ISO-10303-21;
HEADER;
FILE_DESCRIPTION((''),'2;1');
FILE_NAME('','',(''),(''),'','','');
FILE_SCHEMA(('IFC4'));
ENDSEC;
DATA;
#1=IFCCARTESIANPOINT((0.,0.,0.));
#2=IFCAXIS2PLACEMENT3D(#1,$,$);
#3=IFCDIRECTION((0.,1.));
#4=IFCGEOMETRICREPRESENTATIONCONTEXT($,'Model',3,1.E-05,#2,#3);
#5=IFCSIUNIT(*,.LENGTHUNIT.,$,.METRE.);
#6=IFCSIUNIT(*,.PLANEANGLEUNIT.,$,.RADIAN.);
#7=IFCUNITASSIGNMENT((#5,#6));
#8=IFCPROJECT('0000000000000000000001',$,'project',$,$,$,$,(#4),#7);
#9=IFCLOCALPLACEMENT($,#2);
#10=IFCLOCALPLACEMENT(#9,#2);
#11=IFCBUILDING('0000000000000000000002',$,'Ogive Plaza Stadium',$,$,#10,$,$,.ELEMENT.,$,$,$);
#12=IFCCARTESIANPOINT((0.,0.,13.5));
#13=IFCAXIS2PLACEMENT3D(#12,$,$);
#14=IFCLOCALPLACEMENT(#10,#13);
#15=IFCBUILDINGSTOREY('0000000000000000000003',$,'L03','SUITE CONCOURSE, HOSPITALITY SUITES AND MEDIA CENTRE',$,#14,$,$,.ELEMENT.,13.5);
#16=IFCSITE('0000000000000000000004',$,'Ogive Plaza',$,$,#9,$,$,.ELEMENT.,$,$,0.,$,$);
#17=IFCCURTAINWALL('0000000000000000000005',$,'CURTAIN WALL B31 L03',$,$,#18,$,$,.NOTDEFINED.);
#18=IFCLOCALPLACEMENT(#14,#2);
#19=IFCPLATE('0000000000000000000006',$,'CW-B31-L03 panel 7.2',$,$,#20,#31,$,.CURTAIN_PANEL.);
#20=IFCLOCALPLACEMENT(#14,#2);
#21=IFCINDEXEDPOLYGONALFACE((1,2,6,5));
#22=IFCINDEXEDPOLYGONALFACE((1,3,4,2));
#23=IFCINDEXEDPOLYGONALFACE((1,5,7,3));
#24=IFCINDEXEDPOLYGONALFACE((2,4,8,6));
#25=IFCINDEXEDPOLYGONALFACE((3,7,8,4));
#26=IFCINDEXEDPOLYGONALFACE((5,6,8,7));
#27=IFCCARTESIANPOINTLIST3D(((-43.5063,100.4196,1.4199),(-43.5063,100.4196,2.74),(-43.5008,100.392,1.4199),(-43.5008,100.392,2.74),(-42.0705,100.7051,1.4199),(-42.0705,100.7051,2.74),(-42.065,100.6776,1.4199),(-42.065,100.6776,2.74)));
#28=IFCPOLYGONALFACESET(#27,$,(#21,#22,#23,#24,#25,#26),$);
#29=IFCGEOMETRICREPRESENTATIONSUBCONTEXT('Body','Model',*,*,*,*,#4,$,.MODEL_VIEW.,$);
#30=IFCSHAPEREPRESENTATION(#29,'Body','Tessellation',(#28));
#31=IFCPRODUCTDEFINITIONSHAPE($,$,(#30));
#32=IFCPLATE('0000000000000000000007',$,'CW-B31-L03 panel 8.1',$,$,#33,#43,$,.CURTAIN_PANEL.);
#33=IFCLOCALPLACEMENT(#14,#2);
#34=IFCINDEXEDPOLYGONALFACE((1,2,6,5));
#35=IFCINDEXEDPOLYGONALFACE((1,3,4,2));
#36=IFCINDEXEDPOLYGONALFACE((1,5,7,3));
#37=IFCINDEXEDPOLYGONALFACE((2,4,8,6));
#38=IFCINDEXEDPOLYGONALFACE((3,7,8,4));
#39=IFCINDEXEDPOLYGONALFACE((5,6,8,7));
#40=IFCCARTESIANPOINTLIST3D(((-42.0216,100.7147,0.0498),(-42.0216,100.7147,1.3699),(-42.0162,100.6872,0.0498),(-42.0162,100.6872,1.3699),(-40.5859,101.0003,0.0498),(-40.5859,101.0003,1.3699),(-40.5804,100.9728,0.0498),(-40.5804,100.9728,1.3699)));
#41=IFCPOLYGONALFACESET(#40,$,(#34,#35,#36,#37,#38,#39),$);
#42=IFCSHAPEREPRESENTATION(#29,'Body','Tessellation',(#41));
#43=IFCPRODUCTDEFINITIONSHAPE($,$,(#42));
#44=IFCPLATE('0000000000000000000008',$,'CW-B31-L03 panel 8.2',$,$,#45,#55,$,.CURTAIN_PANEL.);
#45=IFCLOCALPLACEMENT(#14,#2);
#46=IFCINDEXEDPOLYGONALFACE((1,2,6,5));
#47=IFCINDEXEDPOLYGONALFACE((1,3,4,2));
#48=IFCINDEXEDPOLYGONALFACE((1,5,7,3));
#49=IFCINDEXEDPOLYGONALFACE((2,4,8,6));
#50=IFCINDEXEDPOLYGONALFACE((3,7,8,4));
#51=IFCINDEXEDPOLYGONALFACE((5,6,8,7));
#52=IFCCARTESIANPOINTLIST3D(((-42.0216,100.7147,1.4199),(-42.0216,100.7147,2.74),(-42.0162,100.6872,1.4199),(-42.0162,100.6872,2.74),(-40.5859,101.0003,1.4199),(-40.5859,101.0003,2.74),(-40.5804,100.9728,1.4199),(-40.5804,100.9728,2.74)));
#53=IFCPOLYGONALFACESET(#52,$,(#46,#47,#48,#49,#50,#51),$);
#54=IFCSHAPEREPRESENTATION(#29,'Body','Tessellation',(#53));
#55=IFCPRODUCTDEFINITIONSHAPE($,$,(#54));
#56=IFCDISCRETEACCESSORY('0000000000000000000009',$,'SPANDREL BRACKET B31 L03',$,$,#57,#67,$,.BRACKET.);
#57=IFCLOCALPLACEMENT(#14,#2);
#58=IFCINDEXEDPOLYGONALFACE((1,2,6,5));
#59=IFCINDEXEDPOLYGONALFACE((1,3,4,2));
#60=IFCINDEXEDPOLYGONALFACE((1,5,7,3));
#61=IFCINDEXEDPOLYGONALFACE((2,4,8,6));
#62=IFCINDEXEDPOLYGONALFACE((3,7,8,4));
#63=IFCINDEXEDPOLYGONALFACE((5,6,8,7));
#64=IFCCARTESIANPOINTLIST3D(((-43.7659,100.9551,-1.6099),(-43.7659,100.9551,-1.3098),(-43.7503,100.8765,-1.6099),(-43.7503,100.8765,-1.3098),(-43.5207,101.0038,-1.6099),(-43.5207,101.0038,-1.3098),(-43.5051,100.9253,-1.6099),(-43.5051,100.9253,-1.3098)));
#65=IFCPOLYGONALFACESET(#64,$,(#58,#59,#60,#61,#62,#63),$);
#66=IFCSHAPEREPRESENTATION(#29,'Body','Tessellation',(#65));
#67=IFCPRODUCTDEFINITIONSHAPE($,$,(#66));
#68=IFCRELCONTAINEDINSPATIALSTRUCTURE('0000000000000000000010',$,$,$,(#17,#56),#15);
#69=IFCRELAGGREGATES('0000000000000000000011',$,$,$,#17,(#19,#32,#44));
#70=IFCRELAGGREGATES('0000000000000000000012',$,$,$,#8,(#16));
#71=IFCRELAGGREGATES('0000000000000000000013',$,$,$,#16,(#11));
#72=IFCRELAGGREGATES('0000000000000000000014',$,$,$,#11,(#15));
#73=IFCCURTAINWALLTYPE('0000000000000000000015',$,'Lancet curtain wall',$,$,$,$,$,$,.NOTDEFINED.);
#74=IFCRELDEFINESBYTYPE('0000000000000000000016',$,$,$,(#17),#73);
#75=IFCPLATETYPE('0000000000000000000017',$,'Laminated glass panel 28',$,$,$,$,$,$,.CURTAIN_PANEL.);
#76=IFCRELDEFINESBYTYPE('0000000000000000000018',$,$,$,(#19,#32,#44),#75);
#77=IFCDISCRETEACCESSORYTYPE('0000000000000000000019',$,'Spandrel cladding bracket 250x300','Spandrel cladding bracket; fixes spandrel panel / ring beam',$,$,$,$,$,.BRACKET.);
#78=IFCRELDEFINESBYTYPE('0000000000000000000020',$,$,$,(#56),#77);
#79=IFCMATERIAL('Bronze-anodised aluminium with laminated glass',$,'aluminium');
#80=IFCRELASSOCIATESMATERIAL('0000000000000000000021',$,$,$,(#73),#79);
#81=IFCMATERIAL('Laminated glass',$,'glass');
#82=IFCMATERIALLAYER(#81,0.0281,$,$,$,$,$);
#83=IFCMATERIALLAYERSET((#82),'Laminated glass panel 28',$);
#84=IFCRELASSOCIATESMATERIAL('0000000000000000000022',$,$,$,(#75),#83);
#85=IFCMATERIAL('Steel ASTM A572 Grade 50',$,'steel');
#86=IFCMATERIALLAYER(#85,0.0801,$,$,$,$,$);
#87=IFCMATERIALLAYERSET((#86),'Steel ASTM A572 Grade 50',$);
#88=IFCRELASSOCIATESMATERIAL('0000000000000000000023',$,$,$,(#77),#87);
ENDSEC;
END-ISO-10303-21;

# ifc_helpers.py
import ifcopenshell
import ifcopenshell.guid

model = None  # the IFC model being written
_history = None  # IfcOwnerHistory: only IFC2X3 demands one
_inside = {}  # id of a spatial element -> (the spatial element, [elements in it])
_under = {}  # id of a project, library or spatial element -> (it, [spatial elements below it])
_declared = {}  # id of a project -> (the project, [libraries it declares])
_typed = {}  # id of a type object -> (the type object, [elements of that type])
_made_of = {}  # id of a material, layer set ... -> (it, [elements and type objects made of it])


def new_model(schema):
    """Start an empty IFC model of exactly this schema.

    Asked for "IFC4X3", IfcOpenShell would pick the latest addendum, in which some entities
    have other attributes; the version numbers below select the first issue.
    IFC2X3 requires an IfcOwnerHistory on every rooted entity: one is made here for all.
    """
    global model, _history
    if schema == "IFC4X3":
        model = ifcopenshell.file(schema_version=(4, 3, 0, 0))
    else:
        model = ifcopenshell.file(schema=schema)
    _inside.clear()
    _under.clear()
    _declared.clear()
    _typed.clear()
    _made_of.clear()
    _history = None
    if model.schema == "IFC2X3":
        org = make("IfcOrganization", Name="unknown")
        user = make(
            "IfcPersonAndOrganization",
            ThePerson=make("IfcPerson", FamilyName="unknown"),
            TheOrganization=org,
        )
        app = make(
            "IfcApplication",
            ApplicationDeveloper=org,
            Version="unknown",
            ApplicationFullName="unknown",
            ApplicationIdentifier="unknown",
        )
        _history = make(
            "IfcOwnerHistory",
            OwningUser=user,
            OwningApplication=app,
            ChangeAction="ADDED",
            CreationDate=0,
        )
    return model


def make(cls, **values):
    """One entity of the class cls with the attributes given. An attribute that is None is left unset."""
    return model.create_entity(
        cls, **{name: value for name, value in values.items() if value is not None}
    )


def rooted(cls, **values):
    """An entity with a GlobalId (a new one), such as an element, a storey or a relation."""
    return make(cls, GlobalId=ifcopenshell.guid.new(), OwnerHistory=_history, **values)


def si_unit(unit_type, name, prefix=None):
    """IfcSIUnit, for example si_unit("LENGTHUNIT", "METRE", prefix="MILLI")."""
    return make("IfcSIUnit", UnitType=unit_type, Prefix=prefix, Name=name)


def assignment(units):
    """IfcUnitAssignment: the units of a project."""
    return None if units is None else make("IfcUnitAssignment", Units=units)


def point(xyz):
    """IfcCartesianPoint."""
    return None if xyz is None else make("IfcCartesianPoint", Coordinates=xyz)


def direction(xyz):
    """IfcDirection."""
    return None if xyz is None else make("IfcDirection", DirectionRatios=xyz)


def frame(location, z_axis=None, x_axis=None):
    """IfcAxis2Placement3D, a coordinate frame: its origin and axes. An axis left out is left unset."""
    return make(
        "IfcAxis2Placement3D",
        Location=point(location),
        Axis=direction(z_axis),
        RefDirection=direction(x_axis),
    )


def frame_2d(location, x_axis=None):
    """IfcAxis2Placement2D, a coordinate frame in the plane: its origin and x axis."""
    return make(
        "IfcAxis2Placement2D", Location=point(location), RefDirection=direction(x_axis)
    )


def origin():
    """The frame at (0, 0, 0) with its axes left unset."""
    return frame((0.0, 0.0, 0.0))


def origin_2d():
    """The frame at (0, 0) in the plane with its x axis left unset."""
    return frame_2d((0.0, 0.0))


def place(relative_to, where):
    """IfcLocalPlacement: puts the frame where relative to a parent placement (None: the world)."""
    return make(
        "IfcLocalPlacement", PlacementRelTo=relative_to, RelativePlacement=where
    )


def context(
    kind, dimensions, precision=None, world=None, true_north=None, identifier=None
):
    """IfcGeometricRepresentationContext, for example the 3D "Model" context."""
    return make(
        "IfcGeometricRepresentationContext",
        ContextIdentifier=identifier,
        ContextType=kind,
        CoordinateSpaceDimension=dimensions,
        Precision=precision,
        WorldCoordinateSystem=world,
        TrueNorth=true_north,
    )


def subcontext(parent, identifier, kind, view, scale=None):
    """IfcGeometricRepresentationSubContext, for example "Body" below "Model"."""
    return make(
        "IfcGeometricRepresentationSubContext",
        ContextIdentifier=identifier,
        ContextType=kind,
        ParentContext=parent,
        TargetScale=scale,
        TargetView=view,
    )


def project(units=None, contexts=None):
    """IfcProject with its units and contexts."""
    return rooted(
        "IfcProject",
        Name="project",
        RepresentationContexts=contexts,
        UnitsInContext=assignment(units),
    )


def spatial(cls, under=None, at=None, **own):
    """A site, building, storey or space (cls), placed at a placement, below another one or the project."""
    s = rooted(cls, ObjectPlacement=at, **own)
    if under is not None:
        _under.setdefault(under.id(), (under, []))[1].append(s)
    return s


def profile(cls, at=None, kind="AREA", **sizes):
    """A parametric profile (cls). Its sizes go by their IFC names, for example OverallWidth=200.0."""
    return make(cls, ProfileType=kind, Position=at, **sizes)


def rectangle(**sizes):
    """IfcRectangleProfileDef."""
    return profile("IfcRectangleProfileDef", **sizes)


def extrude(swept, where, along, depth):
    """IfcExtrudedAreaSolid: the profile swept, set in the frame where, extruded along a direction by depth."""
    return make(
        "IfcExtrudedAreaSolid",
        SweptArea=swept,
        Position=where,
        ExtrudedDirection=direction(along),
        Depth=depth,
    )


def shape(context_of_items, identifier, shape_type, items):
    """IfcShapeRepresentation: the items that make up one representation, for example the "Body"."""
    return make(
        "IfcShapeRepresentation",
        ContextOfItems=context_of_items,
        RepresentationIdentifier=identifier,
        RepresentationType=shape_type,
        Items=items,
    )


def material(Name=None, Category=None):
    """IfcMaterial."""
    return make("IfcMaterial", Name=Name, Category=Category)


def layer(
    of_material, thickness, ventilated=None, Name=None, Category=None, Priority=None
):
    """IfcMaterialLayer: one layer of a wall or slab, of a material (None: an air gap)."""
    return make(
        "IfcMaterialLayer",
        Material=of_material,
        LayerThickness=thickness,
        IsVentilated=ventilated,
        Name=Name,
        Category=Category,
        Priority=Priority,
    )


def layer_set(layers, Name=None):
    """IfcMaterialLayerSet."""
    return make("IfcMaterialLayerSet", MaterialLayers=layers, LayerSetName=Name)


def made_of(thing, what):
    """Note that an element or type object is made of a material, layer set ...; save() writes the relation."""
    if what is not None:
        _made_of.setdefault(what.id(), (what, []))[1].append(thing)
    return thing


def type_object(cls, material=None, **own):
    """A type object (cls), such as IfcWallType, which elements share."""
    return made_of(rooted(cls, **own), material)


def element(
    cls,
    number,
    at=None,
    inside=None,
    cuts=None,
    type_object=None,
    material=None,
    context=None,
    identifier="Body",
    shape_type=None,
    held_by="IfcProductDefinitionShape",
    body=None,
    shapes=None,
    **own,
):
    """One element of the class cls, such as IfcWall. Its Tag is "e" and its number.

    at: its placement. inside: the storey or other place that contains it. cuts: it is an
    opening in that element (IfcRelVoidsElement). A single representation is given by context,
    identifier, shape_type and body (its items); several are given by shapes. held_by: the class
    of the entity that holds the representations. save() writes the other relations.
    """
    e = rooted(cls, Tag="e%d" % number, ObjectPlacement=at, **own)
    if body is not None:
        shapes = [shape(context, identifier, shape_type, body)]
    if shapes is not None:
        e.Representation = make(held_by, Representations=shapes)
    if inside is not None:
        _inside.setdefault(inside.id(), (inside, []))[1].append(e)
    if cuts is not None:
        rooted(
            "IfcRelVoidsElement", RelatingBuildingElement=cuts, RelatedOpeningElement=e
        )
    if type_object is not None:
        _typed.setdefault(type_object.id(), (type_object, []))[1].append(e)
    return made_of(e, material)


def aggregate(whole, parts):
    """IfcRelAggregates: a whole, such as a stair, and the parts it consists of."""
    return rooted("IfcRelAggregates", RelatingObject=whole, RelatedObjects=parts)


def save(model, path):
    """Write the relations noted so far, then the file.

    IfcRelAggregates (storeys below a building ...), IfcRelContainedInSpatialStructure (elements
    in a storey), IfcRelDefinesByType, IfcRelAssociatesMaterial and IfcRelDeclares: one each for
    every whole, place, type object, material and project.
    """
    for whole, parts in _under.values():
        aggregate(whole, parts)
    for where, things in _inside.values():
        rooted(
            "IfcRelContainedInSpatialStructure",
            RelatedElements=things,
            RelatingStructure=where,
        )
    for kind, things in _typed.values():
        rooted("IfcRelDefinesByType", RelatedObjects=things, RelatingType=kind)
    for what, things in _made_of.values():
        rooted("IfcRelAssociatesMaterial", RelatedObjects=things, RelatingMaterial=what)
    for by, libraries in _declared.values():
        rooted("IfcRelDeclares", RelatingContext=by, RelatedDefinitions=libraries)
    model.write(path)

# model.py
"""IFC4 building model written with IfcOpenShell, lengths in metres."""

from ifc_helpers import new_model, si_unit, direction, frame, origin, origin_2d, place, context, subcontext, project, spatial, rectangle, extrude, material, layer, layer_set, type_object, element, aggregate, save


model = new_model("IFC4")

# Units and contexts
model_context = context("Model", 3, precision=1e-05, world=origin(), true_north=direction((0.0, 1.0)))
body_context = subcontext(model_context, "Body", "Model", "MODEL_VIEW")
ifc_project = project(units=[si_unit("LENGTHUNIT", "METRE"), si_unit("PLANEANGLEUNIT", "RADIAN")], contexts=[model_context])

# Site, building, storey
site_placement = place(None, origin())
site = spatial("IfcSite", under=ifc_project, at=site_placement, Name="Ogive Plaza", CompositionType="ELEMENT", RefElevation=0.0)
building_placement = place(site_placement, origin())
building = spatial("IfcBuilding", under=site, at=building_placement, Name="Ogive Plaza Stadium", CompositionType="ELEMENT")
storey_placement = place(building_placement, frame((0.0, 0.0, 13.5)))
storey = spatial("IfcBuildingStorey", under=building, at=storey_placement, Name="L03", Description="SUITE CONCOURSE, HOSPITALITY SUITES AND MEDIA CENTRE", CompositionType="ELEMENT", Elevation=13.5)

# Curtain wall, plates
ifc_material_1 = material(Name="Bronze-anodised aluminium with laminated glass", Category="aluminium")
curtain_wall_type = type_object("IfcCurtainWallType", Name="Lancet curtain wall", PredefinedType="NOTDEFINED", material=ifc_material_1)
curtain_wall_placement = place(storey_placement, origin())
curtain_wall = element("IfcCurtainWall", 1, at=curtain_wall_placement, inside=storey, type_object=curtain_wall_type, Name="CURTAIN WALL B31 L03", PredefinedType="NOTDEFINED")
ifc_material_2 = material(Name="Laminated glass", Category="glass")
ifc_layer_1 = layer(ifc_material_2, 0.0281)
ifc_layer_set_1 = layer_set([ifc_layer_1], Name="Laminated glass panel 28")
plate_type = type_object("IfcPlateType", Name="Laminated glass panel 28", PredefinedType="CURTAIN_PANEL", material=ifc_layer_set_1)
plate_1_placement = place(storey_placement, frame((-42.7856, 100.5486, 1.4199), z_axis=(0.0, 0.0, 1.0), x_axis=(0.980785, 0.19509, 0.0)))
plate_1 = element("IfcPlate", 2, at=plate_1_placement, type_object=plate_type, Name="CW-B31-L03 panel 7.2", PredefinedType="CURTAIN_PANEL", context=body_context, shape_type="SweptSolid", body=[
    extrude(rectangle(XDim=1.4639, YDim=0.0281, at=origin_2d()), origin(), (0.0, 0.0, 1.0), 1.3201),
])
plate_2_placement = place(storey_placement, frame((-41.301, 100.8438, 0.0498), z_axis=(0.0, 0.0, 1.0), x_axis=(0.980785, 0.19509, 0.0)))
plate_2 = element("IfcPlate", 3, at=plate_2_placement, type_object=plate_type, Name="CW-B31-L03 panel 8.1", PredefinedType="CURTAIN_PANEL", context=body_context, shape_type="SweptSolid", body=[
    extrude(rectangle(XDim=1.4639, YDim=0.0281, at=origin_2d()), origin(), (0.0, 0.0, 1.0), 1.3201),
])
plate_3_placement = place(storey_placement, frame((-41.301, 100.8438, 1.4199), z_axis=(0.0, 0.0, 1.0), x_axis=(0.980785, 0.19509, 0.0)))
plate_3 = element("IfcPlate", 4, at=plate_3_placement, type_object=plate_type, Name="CW-B31-L03 panel 8.2", PredefinedType="CURTAIN_PANEL", context=body_context, shape_type="SweptSolid", body=[
    extrude(rectangle(XDim=1.4639, YDim=0.0281, at=origin_2d()), origin(), (0.0, 0.0, 1.0), 1.3201),
])
aggregate(curtain_wall, [plate_1, plate_2, plate_3])

# Discrete accessory
ifc_material_3 = material(Name="Steel ASTM A572 Grade 50", Category="steel")
ifc_layer_2 = layer(ifc_material_3, 0.0801)
ifc_layer_set_2 = layer_set([ifc_layer_2], Name="Steel ASTM A572 Grade 50")
discrete_accessory_type = type_object("IfcDiscreteAccessoryType", Name="Spandrel cladding bracket 250x300", Description="Spandrel cladding bracket; fixes spandrel panel / ring beam", PredefinedType="BRACKET", material=ifc_layer_set_2)
discrete_accessory_placement = place(storey_placement, frame((-43.6355, 100.9402, -1.6099), z_axis=(0.0, 0.0, 1.0), x_axis=(0.980785, 0.19509, 0.0)))
element("IfcDiscreteAccessory", 5, at=discrete_accessory_placement, inside=storey, type_object=discrete_accessory_type, Name="SPANDREL BRACKET B31 L03", PredefinedType="BRACKET", context=body_context, shape_type="SweptSolid", body=[
    extrude(rectangle(XDim=0.25, YDim=0.0801, at=origin_2d()), origin(), (0.0, 0.0, 1.0), 0.3),
])

save(model, "model.ifc")
